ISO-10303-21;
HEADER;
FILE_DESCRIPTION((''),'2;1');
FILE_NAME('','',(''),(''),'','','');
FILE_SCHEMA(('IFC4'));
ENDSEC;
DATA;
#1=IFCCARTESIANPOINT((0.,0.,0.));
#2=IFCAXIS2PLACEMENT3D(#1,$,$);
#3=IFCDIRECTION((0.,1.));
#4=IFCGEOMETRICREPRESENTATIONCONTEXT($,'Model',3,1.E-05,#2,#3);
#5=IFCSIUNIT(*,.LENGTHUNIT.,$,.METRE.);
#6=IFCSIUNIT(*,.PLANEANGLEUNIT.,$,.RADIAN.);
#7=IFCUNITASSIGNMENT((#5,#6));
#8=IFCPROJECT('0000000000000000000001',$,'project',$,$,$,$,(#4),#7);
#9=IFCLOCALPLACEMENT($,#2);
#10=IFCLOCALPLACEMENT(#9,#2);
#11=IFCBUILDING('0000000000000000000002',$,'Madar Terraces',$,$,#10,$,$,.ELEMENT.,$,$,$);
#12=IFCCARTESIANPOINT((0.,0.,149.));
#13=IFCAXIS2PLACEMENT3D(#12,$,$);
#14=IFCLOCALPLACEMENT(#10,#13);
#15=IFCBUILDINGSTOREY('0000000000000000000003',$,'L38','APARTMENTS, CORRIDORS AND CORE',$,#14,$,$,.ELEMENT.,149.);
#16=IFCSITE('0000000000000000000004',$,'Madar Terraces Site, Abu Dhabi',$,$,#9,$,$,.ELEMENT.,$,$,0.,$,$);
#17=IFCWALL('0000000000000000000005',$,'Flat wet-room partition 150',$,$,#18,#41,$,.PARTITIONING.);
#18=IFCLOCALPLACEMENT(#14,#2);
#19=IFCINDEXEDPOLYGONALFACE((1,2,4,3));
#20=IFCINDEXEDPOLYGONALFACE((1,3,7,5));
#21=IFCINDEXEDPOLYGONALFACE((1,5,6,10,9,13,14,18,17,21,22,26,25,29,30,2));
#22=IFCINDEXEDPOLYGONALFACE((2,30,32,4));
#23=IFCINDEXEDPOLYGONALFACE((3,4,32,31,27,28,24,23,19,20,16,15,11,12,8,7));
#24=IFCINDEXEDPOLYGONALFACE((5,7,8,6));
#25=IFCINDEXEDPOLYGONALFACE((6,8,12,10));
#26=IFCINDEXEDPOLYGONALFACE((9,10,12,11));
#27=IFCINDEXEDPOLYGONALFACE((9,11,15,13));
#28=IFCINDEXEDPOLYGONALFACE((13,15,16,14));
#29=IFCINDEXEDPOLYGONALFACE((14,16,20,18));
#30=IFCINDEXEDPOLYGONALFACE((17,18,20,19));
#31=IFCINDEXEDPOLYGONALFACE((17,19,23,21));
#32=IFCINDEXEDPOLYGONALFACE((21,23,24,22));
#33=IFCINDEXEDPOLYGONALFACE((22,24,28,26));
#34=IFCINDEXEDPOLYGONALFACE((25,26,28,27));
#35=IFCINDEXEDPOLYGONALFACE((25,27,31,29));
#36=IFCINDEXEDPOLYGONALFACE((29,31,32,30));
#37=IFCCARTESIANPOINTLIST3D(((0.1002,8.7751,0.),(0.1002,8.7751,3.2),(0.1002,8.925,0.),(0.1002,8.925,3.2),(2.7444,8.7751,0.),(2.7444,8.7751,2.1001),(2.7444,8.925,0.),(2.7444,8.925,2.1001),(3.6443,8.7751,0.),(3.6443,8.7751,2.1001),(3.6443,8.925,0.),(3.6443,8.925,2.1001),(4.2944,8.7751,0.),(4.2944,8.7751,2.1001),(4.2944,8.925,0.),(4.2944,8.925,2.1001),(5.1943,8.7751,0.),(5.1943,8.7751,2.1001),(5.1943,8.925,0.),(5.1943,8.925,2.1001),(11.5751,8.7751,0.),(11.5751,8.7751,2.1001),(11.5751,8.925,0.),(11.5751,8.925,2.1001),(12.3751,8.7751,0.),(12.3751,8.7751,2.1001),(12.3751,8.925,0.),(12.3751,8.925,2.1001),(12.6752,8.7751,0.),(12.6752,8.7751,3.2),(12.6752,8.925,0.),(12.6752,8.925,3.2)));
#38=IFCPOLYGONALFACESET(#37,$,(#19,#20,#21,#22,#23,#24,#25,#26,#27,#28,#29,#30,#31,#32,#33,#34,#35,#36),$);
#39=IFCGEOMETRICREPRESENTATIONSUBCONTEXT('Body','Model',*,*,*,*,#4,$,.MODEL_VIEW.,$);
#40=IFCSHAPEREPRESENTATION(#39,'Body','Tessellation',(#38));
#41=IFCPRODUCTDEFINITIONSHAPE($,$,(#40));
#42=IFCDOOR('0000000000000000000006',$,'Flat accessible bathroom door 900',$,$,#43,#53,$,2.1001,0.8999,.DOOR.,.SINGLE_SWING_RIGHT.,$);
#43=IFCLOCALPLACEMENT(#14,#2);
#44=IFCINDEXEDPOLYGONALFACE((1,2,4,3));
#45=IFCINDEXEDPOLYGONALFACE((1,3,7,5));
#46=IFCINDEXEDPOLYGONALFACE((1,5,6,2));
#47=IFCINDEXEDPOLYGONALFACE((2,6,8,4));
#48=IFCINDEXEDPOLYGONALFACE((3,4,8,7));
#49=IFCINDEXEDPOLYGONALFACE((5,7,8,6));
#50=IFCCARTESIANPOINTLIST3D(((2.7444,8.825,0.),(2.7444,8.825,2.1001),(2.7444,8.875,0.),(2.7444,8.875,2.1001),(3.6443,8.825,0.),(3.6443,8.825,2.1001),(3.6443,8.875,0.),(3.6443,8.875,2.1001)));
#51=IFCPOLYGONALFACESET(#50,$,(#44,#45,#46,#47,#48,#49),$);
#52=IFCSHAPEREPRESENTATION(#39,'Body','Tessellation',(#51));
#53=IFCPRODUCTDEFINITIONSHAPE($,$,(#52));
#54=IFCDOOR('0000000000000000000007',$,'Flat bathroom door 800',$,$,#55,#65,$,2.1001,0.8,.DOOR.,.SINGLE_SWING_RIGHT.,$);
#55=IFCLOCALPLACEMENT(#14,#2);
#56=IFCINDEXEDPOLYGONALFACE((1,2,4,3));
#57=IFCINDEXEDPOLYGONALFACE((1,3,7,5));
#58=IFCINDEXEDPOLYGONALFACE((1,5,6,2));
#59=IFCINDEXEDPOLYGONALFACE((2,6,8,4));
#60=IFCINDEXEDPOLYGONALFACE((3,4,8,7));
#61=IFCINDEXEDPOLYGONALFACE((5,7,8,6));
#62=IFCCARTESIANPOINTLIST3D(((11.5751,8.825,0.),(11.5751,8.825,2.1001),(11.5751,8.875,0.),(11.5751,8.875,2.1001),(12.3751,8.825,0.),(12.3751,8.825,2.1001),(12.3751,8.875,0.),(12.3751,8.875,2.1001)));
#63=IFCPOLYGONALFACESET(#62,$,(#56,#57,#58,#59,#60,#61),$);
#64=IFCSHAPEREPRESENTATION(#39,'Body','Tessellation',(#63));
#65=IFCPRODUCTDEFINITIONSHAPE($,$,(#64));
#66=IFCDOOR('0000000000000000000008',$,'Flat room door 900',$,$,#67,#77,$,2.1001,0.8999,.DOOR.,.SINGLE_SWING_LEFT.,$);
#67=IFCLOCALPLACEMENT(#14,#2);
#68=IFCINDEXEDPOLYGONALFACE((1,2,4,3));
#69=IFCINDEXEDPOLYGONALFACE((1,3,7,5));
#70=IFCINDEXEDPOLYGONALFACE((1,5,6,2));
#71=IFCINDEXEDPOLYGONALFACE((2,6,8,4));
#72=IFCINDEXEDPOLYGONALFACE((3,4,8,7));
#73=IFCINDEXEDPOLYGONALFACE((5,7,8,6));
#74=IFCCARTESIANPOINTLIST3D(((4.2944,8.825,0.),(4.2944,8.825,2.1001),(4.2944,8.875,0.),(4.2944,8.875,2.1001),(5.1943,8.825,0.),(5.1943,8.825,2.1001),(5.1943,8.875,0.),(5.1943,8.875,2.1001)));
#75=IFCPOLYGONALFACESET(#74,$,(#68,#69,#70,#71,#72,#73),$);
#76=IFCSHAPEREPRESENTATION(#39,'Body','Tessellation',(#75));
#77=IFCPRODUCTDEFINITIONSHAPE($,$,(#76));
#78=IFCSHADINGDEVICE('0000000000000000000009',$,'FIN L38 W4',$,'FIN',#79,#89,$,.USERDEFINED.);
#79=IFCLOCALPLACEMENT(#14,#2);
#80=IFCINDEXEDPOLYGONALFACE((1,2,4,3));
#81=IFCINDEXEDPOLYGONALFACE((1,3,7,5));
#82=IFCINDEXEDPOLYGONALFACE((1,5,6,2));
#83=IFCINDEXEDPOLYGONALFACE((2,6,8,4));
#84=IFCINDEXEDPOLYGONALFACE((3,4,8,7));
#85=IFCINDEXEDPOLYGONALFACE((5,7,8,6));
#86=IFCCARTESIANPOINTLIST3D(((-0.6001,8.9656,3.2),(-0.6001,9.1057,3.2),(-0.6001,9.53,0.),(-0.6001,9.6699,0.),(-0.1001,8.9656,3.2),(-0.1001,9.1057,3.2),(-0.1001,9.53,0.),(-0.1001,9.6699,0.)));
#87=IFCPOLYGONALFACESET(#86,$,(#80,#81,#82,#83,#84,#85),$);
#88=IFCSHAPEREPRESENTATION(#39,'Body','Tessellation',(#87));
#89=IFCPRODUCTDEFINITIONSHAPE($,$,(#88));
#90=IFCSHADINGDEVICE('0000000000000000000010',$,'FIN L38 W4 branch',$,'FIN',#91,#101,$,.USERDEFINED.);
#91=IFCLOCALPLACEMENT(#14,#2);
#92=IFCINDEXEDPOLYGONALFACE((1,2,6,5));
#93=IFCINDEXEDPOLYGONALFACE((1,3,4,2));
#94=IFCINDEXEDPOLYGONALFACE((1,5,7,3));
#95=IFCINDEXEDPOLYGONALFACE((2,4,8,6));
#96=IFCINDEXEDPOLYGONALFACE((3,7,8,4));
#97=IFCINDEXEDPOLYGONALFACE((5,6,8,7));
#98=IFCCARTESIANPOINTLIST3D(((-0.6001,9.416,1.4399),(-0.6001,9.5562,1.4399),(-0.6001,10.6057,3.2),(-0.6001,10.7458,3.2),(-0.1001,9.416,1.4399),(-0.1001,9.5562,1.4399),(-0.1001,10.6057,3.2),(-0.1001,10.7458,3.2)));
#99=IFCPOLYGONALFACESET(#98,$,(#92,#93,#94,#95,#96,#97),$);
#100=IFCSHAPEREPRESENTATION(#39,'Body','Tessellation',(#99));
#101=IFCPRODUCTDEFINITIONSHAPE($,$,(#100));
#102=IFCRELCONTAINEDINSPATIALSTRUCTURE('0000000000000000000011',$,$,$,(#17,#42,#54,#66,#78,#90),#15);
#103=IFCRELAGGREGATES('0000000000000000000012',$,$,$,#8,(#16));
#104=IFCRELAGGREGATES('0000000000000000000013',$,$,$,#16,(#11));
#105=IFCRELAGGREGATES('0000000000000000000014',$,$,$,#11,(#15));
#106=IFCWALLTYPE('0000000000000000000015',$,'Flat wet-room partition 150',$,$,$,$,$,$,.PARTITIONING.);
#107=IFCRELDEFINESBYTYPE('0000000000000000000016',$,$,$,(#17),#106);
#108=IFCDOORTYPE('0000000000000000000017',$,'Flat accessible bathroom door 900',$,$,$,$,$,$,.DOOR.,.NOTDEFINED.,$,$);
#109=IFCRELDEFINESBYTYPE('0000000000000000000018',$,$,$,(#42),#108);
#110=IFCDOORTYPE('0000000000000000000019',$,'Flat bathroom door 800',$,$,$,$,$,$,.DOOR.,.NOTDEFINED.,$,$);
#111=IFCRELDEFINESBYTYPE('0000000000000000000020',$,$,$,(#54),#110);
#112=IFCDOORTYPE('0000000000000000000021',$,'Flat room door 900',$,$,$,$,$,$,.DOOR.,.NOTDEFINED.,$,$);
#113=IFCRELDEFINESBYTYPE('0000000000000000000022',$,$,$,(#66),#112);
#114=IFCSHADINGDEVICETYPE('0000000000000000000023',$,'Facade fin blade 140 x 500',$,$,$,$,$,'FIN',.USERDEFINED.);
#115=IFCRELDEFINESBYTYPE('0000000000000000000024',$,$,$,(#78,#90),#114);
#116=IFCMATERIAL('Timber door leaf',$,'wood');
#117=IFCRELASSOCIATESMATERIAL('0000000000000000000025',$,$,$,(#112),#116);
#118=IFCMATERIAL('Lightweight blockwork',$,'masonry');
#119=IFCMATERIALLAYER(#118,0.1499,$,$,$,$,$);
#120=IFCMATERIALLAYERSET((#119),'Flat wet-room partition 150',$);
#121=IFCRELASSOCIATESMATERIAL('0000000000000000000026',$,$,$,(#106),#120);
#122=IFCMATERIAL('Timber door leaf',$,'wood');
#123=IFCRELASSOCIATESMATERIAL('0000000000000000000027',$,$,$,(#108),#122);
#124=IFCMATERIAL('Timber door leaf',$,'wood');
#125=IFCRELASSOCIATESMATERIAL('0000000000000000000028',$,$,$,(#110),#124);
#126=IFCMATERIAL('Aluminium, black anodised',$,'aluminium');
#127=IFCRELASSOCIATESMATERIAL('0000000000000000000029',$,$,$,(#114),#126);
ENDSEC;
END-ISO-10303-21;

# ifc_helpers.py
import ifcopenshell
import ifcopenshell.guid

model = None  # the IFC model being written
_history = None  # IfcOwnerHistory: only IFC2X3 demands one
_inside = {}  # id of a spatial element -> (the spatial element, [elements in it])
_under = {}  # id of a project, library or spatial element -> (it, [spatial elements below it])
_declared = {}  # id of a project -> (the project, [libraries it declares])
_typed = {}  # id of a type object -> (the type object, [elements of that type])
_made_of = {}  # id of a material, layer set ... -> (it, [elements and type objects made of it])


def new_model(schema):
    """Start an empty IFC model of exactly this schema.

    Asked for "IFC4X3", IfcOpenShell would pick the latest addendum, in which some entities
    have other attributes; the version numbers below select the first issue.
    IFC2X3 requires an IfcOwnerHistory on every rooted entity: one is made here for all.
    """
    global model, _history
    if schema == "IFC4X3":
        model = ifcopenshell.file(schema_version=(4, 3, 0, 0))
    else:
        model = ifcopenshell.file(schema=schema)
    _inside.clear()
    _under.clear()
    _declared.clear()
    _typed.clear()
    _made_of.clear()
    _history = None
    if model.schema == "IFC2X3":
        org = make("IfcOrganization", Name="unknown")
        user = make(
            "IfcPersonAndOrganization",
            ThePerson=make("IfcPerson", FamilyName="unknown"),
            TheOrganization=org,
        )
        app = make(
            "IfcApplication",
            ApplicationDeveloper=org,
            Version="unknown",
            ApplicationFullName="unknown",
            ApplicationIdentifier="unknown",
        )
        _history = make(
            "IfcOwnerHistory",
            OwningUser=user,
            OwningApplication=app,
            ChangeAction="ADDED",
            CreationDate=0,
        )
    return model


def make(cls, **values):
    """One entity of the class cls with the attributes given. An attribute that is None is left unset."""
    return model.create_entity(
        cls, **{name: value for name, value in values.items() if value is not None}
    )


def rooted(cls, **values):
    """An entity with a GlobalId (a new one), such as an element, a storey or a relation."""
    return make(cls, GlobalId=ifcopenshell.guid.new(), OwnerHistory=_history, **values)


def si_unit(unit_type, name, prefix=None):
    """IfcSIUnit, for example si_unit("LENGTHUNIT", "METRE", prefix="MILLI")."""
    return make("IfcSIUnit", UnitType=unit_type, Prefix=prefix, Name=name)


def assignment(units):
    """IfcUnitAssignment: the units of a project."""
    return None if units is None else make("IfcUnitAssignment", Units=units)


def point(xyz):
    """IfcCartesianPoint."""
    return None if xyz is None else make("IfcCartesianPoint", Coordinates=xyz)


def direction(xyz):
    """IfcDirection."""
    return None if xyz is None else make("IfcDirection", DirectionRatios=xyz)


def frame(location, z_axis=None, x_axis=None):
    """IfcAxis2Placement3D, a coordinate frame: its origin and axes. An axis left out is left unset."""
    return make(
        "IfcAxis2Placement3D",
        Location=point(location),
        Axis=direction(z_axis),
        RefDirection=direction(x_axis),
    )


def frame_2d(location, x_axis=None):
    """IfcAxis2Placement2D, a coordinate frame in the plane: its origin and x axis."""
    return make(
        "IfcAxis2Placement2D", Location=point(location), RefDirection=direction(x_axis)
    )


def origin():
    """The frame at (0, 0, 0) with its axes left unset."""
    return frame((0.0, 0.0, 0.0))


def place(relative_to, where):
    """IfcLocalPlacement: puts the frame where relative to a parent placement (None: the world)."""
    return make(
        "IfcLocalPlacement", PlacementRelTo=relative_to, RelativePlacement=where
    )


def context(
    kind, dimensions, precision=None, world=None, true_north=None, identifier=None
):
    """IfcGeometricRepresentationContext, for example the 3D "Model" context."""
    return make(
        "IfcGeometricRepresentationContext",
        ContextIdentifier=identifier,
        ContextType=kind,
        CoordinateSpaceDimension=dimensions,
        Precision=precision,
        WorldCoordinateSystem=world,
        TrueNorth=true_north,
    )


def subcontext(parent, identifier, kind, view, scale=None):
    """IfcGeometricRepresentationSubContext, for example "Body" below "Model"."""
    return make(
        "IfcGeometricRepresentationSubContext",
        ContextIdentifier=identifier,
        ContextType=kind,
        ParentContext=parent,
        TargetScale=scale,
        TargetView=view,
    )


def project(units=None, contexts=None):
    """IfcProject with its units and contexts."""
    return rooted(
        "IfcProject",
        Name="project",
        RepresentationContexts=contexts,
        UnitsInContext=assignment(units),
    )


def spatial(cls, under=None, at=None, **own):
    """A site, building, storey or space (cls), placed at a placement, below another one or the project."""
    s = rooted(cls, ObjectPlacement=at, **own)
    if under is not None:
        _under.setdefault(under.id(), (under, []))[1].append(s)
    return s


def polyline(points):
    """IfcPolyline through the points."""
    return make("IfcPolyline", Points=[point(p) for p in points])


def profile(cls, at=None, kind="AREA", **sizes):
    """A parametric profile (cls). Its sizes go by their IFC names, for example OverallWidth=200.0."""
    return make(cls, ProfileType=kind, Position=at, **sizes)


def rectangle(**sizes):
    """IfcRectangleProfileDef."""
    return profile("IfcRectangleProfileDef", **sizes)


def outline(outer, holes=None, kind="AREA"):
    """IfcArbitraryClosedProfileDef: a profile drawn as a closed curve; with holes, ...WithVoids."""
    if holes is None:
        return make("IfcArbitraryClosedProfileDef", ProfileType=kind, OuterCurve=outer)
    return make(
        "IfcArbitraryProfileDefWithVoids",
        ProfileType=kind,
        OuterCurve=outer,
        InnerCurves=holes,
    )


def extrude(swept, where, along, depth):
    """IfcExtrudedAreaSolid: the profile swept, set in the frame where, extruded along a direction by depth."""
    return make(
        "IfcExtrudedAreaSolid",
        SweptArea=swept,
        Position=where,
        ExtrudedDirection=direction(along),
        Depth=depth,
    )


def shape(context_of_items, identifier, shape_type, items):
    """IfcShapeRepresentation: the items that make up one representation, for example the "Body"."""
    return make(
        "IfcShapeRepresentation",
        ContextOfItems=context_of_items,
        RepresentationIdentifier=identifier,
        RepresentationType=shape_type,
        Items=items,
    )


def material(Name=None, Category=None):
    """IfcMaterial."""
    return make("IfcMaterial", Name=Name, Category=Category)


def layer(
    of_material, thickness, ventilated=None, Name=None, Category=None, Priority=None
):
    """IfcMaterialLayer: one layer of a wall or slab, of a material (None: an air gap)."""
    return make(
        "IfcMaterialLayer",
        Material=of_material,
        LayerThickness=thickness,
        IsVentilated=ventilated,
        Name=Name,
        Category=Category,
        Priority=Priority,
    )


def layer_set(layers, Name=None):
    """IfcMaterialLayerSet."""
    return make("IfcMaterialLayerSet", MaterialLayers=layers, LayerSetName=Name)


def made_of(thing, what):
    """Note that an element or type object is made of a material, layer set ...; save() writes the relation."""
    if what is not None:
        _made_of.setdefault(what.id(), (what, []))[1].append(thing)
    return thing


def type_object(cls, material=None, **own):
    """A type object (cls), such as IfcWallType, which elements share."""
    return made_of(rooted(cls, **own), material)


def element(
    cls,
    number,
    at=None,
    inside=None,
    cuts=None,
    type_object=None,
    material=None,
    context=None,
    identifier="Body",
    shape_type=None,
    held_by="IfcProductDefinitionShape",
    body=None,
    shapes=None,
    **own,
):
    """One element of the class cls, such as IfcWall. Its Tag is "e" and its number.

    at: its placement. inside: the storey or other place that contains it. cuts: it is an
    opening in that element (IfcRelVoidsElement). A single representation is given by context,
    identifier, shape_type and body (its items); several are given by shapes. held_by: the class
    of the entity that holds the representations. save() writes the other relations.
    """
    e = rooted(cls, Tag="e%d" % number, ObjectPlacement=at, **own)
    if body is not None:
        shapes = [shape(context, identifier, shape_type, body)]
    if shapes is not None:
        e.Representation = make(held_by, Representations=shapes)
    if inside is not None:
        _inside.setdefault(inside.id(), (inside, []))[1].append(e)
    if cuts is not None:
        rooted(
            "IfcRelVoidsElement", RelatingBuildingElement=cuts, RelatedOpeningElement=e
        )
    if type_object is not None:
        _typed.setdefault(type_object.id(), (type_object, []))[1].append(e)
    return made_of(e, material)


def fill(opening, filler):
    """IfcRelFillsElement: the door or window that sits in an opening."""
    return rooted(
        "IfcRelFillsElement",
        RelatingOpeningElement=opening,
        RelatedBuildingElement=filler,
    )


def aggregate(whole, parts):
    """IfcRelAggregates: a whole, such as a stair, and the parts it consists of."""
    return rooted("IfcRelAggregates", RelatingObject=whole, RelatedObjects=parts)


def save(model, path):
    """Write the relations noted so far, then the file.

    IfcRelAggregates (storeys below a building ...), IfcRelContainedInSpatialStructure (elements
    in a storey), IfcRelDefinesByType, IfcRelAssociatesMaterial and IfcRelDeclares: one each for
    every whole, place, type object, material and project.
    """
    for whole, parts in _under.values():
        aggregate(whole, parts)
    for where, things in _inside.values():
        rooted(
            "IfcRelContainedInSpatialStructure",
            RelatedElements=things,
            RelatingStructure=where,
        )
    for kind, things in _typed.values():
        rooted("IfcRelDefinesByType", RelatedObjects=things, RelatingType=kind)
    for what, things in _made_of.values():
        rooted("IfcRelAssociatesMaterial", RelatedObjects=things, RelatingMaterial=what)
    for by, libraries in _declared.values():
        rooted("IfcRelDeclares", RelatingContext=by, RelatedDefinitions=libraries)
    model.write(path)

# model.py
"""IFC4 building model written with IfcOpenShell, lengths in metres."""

from ifc_helpers import new_model, si_unit, direction, frame, frame_2d, origin, place, context, subcontext, project, spatial, polyline, rectangle, outline, extrude, material, layer, layer_set, type_object, element, fill, save


model = new_model("IFC4")

# Units and contexts
model_context = context("Model", 3, precision=1e-05, world=origin(), true_north=direction((0.0, 1.0)))
body_context = subcontext(model_context, "Body", "Model", "MODEL_VIEW")
ifc_project = project(units=[si_unit("LENGTHUNIT", "METRE"), si_unit("PLANEANGLEUNIT", "RADIAN")], contexts=[model_context])

# Site, building, storey
site_placement = place(None, origin())
site = spatial("IfcSite", under=ifc_project, at=site_placement, Name="Madar Terraces Site, Abu Dhabi", CompositionType="ELEMENT", RefElevation=0.0)
building_placement = place(site_placement, origin())
building = spatial("IfcBuilding", under=site, at=building_placement, Name="Madar Terraces", CompositionType="ELEMENT")
storey_placement = place(building_placement, frame((0.0, 0.0, 149.0)))
storey = spatial("IfcBuildingStorey", under=building, at=storey_placement, Name="L38", Description="APARTMENTS, CORRIDORS AND CORE", CompositionType="ELEMENT", Elevation=149.0)

# Shared definitions
ifc_material_1 = material(Name="Timber door leaf", Category="wood")
door_type_1 = type_object("IfcDoorType", Name="Flat room door 900", OperationType="NOTDEFINED", PredefinedType="DOOR", material=ifc_material_1)

# Shared definitions
ifc_material_2 = material(Name="Lightweight blockwork", Category="masonry")
ifc_layer_1 = layer(ifc_material_2, 0.1499)
ifc_layer_set_1 = layer_set([ifc_layer_1], Name="Flat wet-room partition 150")
wall_type_1 = type_object("IfcWallType", Name="Flat wet-room partition 150", PredefinedType="PARTITIONING", material=ifc_layer_set_1)

# Wall, openings, doors
wall_1_placement = place(storey_placement, frame((0.1001, 8.8501, 0.0), z_axis=(0.0, 0.0, 1.0), x_axis=(1.0, 0.0, 0.0)))
wall_1 = element("IfcWall", 1, at=wall_1_placement, inside=storey, type_object=wall_type_1, Name="Flat wet-room partition 150", PredefinedType="PARTITIONING", context=body_context, shape_type="SweptSolid", body=[
    extrude(rectangle(XDim=12.575, YDim=0.1499, at=frame_2d((6.2876, 0.0))), origin(), (0.0, 0.0, 1.0), 3.2),
])
opening_1_placement = place(wall_1_placement, frame((11.4751, 0.0, 0.0)))
opening_1 = element("IfcOpeningElement", 2, at=opening_1_placement, cuts=wall_1, PredefinedType="OPENING", context=body_context, shape_type="SweptSolid", body=[
    extrude(rectangle(XDim=0.8, YDim=2.1001, at=frame_2d((0.3999, 1.05))), frame((0.0, 0.085, 0.0), z_axis=(0.0, -1.0, 0.0), x_axis=(1.0, 0.0, 0.0)), (0.0, 0.0, 1.0), 0.1699),
])
opening_2_placement = place(wall_1_placement, frame((4.1943, 0.0, 0.0)))
opening_2 = element("IfcOpeningElement", 3, at=opening_2_placement, cuts=wall_1, PredefinedType="OPENING", context=body_context, shape_type="SweptSolid", body=[
    extrude(rectangle(XDim=0.8999, YDim=2.1001, at=frame_2d((0.45, 1.05))), frame((0.0, 0.085, 0.0), z_axis=(0.0, -1.0, 0.0), x_axis=(1.0, 0.0, 0.0)), (0.0, 0.0, 1.0), 0.1699),
])
opening_3_placement = place(wall_1_placement, frame((2.6443, 0.0, 0.0)))
opening_3 = element("IfcOpeningElement", 4, at=opening_3_placement, cuts=wall_1, PredefinedType="OPENING", context=body_context, shape_type="SweptSolid", body=[
    extrude(rectangle(XDim=0.8999, YDim=2.1001, at=frame_2d((0.45, 1.05))), frame((0.0, 0.085, 0.0), z_axis=(0.0, -1.0, 0.0), x_axis=(1.0, 0.0, 0.0)), (0.0, 0.0, 1.0), 0.1699),
])
ifc_material_3 = material(Name="Timber door leaf", Category="wood")
door_type_2 = type_object("IfcDoorType", Name="Flat accessible bathroom door 900", OperationType="NOTDEFINED", PredefinedType="DOOR", material=ifc_material_3)
door_1_placement = place(opening_3_placement, origin())
door_1 = element("IfcDoor", 5, at=door_1_placement, inside=storey, type_object=door_type_2, Name="Flat accessible bathroom door 900", OperationType="SINGLE_SWING_RIGHT", OverallHeight=2.1001, OverallWidth=0.8999, PredefinedType="DOOR", context=body_context, shape_type="SweptSolid", body=[
    extrude(rectangle(XDim=0.8999, YDim=2.1001, at=frame_2d((0.45, 1.05))), frame((0.0, 0.0249, 0.0), z_axis=(0.0, -1.0, 0.0), x_axis=(1.0, 0.0, 0.0)), (0.0, 0.0, 1.0), 0.05),
])
fill(opening_3, door_1)
ifc_material_4 = material(Name="Timber door leaf", Category="wood")
door_type_3 = type_object("IfcDoorType", Name="Flat bathroom door 800", OperationType="NOTDEFINED", PredefinedType="DOOR", material=ifc_material_4)
door_2_placement = place(opening_1_placement, origin())
door_2 = element("IfcDoor", 6, at=door_2_placement, inside=storey, type_object=door_type_3, Name="Flat bathroom door 800", OperationType="SINGLE_SWING_RIGHT", OverallHeight=2.1001, OverallWidth=0.8, PredefinedType="DOOR", context=body_context, shape_type="SweptSolid", body=[
    extrude(rectangle(XDim=0.8, YDim=2.1001, at=frame_2d((0.3999, 1.05))), frame((0.0, 0.0249, 0.0), z_axis=(0.0, -1.0, 0.0), x_axis=(1.0, 0.0, 0.0)), (0.0, 0.0, 1.0), 0.05),
])
fill(opening_1, door_2)
door_3_placement = place(opening_2_placement, origin())
door_3 = element("IfcDoor", 7, at=door_3_placement, inside=storey, type_object=door_type_1, Name="Flat room door 900", OperationType="SINGLE_SWING_LEFT", OverallHeight=2.1001, OverallWidth=0.8999, PredefinedType="DOOR", context=body_context, shape_type="SweptSolid", body=[
    extrude(rectangle(XDim=0.8999, YDim=2.1001, at=frame_2d((0.45, 1.05))), frame((0.0, 0.0249, 0.0), z_axis=(0.0, -1.0, 0.0), x_axis=(1.0, 0.0, 0.0)), (0.0, 0.0, 1.0), 0.05),
])
fill(opening_2, door_3)

# Shading devices
ifc_material_5 = material(Name="Aluminium, black anodised", Category="aluminium")
shading_device_type = type_object("IfcShadingDeviceType", Name="Facade fin blade 140 x 500", ElementType="FIN", PredefinedType="USERDEFINED", material=ifc_material_5)
shading_device_1_placement = place(storey_placement, frame((-0.3501, 9.6699, 0.0), z_axis=(0.0, 0.0, 1.0), x_axis=(0.0, -1.0, 0.0)))
element("IfcShadingDevice", 8, at=shading_device_1_placement, inside=storey, type_object=shading_device_type, Name="FIN L38 W4", ObjectType="FIN", PredefinedType="USERDEFINED", context=body_context, shape_type="SweptSolid", body=[
    extrude(outline(polyline([(0.0, 0.0), (0.1399, 0.0), (0.7043, 3.2), (0.5642, 3.2), (0.0, 0.0)])), frame((0.0, 0.25, 0.0), z_axis=(0.0, -1.0, 0.0), x_axis=(1.0, 0.0, 0.0)), (0.0, 0.0, 1.0), 0.5),
])
shading_device_2_placement = place(storey_placement, frame((-0.3501, 9.5562, 1.4399), z_axis=(0.0, 0.0, 1.0), x_axis=(0.0, -1.0, 0.0)))
element("IfcShadingDevice", 9, at=shading_device_2_placement, inside=storey, type_object=shading_device_type, Name="FIN L38 W4 branch", ObjectType="FIN", PredefinedType="USERDEFINED", context=body_context, shape_type="SweptSolid", body=[
    extrude(outline(polyline([(0.0, 0.0), (0.1401, 0.0), (-1.0496, 1.76), (-1.1897, 1.76), (0.0, 0.0)])), frame((0.0, 0.25, 0.0), z_axis=(0.0, -1.0, 0.0), x_axis=(1.0, 0.0, 0.0)), (0.0, 0.0, 1.0), 0.5),
])

save(model, "model.ifc")
